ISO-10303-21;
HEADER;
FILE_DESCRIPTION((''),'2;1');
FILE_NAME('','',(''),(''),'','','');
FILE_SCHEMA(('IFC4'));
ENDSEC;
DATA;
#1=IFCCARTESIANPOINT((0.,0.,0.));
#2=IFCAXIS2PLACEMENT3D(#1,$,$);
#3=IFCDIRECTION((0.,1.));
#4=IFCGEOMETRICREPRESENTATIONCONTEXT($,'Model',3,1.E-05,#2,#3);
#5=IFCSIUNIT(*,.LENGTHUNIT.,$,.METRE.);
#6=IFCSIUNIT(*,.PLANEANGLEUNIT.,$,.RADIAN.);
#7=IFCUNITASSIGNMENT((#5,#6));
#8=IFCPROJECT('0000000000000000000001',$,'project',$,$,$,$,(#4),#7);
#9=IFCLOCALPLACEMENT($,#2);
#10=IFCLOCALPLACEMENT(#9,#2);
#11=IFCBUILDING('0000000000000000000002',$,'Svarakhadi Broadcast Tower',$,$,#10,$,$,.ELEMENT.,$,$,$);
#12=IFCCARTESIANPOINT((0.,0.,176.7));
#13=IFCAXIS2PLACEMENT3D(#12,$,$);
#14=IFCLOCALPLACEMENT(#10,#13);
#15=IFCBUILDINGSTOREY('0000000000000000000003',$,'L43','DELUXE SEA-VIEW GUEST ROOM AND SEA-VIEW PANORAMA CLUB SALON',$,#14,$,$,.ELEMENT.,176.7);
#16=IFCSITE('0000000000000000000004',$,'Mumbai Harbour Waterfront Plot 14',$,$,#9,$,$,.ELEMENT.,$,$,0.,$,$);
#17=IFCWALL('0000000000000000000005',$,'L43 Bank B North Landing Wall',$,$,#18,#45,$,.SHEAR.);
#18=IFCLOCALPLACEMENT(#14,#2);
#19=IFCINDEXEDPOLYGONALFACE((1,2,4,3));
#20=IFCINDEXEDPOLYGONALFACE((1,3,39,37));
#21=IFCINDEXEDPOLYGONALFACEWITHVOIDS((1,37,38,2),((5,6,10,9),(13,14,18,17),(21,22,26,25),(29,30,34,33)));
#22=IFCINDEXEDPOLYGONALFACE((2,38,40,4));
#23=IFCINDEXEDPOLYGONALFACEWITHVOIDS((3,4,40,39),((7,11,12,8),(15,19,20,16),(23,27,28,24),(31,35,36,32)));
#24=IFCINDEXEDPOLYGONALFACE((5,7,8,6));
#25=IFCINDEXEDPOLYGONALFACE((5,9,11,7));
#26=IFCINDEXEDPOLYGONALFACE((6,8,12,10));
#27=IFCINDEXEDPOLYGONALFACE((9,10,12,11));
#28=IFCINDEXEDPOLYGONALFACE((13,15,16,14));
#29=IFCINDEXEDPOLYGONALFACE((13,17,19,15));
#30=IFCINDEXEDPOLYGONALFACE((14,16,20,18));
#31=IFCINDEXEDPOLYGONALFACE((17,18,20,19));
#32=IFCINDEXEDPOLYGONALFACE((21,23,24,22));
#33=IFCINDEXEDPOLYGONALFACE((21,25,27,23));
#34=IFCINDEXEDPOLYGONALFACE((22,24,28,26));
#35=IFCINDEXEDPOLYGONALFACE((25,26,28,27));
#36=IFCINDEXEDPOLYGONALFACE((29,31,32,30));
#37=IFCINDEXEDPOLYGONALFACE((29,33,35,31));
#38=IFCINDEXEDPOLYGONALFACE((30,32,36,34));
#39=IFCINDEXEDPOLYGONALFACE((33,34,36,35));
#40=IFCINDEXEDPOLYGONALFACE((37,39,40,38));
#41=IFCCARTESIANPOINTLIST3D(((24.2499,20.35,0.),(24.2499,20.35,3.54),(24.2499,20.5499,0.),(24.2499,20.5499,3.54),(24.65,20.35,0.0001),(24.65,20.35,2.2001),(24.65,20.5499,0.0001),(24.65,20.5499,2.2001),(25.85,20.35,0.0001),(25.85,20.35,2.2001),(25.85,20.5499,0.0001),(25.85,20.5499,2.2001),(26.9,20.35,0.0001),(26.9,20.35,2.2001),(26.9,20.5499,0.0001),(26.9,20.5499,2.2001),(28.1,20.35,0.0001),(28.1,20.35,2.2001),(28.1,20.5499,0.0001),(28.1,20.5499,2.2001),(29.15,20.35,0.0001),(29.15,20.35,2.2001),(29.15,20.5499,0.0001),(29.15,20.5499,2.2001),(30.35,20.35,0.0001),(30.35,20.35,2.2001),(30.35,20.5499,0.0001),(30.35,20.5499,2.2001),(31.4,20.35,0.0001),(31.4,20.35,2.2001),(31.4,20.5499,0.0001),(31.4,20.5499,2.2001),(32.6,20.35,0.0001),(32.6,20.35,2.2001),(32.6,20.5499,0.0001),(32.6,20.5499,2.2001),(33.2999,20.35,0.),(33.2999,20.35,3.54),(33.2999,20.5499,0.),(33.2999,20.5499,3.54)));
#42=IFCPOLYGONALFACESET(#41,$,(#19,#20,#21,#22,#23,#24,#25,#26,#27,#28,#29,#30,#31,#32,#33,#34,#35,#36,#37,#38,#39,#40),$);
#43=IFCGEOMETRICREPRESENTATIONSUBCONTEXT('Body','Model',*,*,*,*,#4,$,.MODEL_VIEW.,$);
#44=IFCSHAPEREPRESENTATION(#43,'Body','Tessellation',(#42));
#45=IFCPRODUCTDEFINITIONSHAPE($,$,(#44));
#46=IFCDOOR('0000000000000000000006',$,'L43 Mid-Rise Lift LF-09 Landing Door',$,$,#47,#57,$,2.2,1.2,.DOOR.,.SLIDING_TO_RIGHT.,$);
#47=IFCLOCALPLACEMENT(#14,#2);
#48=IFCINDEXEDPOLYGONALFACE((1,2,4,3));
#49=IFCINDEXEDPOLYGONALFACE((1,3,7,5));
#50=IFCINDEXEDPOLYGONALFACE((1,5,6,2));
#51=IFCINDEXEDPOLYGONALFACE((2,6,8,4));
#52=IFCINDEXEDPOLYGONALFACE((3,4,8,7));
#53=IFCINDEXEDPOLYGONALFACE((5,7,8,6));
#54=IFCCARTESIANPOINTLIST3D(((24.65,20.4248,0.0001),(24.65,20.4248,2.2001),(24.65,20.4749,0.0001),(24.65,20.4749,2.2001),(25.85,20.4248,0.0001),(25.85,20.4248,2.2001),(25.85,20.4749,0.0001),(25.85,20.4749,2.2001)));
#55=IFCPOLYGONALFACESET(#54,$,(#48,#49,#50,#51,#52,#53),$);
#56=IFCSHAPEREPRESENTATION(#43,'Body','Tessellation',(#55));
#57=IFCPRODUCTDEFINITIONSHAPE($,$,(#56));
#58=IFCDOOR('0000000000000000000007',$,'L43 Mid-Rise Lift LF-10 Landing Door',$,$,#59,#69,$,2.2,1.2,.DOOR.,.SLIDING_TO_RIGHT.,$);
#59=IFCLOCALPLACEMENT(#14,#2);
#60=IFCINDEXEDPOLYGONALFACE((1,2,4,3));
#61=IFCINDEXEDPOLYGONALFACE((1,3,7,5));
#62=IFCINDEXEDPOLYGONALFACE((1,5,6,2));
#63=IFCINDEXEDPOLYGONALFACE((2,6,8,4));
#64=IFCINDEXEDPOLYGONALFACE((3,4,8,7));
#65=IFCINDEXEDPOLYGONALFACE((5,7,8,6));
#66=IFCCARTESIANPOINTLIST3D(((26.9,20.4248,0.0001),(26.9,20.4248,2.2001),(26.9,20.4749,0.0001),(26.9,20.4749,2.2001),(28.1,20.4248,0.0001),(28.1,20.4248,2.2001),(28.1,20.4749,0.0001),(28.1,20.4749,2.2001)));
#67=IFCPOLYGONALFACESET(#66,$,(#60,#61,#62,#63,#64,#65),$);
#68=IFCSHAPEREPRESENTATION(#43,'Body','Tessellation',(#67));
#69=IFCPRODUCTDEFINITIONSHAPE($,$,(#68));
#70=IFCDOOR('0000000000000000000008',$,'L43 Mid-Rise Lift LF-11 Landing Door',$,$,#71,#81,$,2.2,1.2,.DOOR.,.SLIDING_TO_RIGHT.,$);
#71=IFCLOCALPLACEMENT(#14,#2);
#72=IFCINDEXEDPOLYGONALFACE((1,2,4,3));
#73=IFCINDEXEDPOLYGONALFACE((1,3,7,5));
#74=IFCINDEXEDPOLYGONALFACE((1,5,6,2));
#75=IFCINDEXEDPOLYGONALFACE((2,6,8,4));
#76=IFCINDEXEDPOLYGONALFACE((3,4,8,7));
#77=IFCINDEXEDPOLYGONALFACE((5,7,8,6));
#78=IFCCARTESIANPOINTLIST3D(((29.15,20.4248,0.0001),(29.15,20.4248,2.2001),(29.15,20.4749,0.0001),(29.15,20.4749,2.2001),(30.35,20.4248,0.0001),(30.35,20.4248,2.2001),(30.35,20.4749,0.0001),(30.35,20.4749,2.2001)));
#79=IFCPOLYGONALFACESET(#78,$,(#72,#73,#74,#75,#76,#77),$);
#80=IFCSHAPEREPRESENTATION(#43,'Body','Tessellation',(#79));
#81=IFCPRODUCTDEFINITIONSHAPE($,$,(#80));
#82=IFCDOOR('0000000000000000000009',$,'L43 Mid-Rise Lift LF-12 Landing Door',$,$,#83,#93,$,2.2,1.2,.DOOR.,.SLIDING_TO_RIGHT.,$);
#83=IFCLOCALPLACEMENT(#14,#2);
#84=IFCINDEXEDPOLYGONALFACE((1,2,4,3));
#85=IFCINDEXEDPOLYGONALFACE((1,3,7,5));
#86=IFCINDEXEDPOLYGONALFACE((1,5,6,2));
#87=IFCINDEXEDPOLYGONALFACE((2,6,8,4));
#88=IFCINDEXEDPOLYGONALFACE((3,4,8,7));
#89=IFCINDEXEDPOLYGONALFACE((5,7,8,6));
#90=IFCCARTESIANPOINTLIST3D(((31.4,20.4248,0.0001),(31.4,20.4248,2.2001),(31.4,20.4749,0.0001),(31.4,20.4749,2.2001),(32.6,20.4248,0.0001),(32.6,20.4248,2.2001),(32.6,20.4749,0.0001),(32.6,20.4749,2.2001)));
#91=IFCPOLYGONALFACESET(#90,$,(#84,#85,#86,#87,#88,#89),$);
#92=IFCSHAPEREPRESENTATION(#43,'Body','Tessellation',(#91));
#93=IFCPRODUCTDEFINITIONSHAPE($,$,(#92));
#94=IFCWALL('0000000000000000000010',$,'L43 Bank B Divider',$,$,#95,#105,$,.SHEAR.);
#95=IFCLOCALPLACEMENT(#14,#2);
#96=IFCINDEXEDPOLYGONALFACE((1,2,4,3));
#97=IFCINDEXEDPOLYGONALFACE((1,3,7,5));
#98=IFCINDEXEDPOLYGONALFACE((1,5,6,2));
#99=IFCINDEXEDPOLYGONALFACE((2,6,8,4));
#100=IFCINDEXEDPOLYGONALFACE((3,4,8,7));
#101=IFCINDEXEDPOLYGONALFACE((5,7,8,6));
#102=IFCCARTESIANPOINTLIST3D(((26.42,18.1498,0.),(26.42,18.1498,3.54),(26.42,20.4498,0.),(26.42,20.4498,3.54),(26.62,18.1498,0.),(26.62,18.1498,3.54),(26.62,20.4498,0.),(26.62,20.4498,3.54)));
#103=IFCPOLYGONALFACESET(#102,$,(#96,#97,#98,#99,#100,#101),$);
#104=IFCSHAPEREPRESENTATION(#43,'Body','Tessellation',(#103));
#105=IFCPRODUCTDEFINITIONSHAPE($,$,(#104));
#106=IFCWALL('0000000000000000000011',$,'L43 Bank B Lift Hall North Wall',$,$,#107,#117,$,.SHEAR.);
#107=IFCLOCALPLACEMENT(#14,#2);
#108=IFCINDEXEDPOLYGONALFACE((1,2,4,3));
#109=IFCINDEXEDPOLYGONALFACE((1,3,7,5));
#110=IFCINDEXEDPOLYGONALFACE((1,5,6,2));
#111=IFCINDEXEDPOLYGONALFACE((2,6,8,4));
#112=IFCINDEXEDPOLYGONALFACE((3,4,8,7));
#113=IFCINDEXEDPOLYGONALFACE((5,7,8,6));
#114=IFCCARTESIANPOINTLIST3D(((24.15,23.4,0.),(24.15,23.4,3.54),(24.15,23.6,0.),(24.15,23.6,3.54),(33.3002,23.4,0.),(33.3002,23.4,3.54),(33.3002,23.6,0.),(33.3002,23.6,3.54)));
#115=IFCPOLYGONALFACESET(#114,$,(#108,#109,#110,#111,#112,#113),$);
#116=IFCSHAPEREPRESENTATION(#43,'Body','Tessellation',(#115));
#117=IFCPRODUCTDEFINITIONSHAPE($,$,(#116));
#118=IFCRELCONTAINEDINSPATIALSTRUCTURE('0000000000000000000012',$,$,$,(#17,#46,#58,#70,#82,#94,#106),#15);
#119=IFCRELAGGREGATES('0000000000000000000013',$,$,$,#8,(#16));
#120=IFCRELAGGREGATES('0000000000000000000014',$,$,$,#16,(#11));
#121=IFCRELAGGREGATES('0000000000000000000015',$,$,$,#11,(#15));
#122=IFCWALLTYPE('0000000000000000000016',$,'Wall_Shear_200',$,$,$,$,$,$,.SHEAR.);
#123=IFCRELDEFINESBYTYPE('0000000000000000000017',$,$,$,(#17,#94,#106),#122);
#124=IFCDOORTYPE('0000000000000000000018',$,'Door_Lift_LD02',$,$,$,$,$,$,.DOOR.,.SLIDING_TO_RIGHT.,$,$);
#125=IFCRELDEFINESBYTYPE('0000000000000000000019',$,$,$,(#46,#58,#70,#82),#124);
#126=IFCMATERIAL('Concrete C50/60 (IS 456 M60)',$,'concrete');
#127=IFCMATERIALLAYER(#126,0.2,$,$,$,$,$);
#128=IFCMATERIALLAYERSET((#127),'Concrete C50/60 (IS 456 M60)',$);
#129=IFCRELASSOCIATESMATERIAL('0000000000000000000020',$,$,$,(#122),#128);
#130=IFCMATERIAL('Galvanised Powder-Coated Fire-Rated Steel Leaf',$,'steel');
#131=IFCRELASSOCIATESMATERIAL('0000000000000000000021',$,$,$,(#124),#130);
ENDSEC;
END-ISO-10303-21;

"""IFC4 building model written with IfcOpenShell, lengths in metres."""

from ifc_helpers import new_model, si_unit, direction, frame, frame_2d, origin, place, context, subcontext, project, spatial, rectangle, extrude, material, layer, layer_set, type_object, element, fill, save


model = new_model("IFC4")

# Units and contexts
model_context = context("Model", 3, precision=1e-05, world=origin(), true_north=direction((0.0, 1.0)))
body_context = subcontext(model_context, "Body", "Model", "MODEL_VIEW")
ifc_project = project(units=[si_unit("LENGTHUNIT", "METRE"), si_unit("PLANEANGLEUNIT", "RADIAN")], contexts=[model_context])

# Site, building, storey
site_placement = place(None, origin())
site = spatial("IfcSite", under=ifc_project, at=site_placement, Name="Mumbai Harbour Waterfront Plot 14", CompositionType="ELEMENT", RefElevation=0.0)
building_placement = place(site_placement, origin())
building = spatial("IfcBuilding", under=site, at=building_placement, Name="Svarakhadi Broadcast Tower", CompositionType="ELEMENT")
storey_placement = place(building_placement, frame((0.0, 0.0, 176.7)))
storey = spatial("IfcBuildingStorey", under=building, at=storey_placement, Name="L43", Description="DELUXE SEA-VIEW GUEST ROOM AND SEA-VIEW PANORAMA CLUB SALON", CompositionType="ELEMENT", Elevation=176.7)

# Shared definitions
ifc_material_1 = material(Name="Concrete C50/60 (IS 456 M60)", Category="concrete")
ifc_layer_1 = layer(ifc_material_1, 0.2)
ifc_layer_set_1 = layer_set([ifc_layer_1], Name="Concrete C50/60 (IS 456 M60)")
wall_type_1 = type_object("IfcWallType", Name="Wall_Shear_200", PredefinedType="SHEAR", material=ifc_layer_set_1)

# Wall, openings, doors
wall_1_placement = place(storey_placement, frame((24.25, 20.45, 0.0), z_axis=(0.0, 0.0, 1.0), x_axis=(1.0, 0.0, 0.0)))
wall_1 = element("IfcWall", 1, at=wall_1_placement, inside=storey, type_object=wall_type_1, Name="L43 Bank B North Landing Wall", PredefinedType="SHEAR", context=body_context, shape_type="SweptSolid", body=[
    extrude(rectangle(XDim=9.05, YDim=0.2, at=frame_2d((4.5249, 0.0))), origin(), (0.0, 0.0, 1.0), 3.54),
])
opening_1_placement = place(wall_1_placement, frame((0.3999, 0.0, 0.0)))
opening_1 = element("IfcOpeningElement", 2, at=opening_1_placement, cuts=wall_1, PredefinedType="OPENING", context=body_context, shape_type="SweptSolid", body=[
    extrude(rectangle(XDim=1.2, YDim=2.2, at=frame_2d((0.6001, 1.1001))), frame((0.0, 0.1099, 0.0), z_axis=(0.0, -1.0, 0.0), x_axis=(1.0, 0.0, 0.0)), (0.0, 0.0, 1.0), 0.22),
])
opening_2_placement = place(wall_1_placement, frame((2.6499, 0.0, 0.0)))
opening_2 = element("IfcOpeningElement", 3, at=opening_2_placement, cuts=wall_1, PredefinedType="OPENING", context=body_context, shape_type="SweptSolid", body=[
    extrude(rectangle(XDim=1.2, YDim=2.2, at=frame_2d((0.6001, 1.1001))), frame((0.0, 0.1099, 0.0), z_axis=(0.0, -1.0, 0.0), x_axis=(1.0, 0.0, 0.0)), (0.0, 0.0, 1.0), 0.22),
])
opening_3_placement = place(wall_1_placement, frame((4.8999, 0.0, 0.0)))
opening_3 = element("IfcOpeningElement", 4, at=opening_3_placement, cuts=wall_1, PredefinedType="OPENING", context=body_context, shape_type="SweptSolid", body=[
    extrude(rectangle(XDim=1.2, YDim=2.2, at=frame_2d((0.6001, 1.1001))), frame((0.0, 0.1099, 0.0), z_axis=(0.0, -1.0, 0.0), x_axis=(1.0, 0.0, 0.0)), (0.0, 0.0, 1.0), 0.22),
])
opening_4_placement = place(wall_1_placement, frame((7.1499, 0.0, 0.0)))
opening_4 = element("IfcOpeningElement", 5, at=opening_4_placement, cuts=wall_1, PredefinedType="OPENING", context=body_context, shape_type="SweptSolid", body=[
    extrude(rectangle(XDim=1.2, YDim=2.2, at=frame_2d((0.6001, 1.1001))), frame((0.0, 0.1099, 0.0), z_axis=(0.0, -1.0, 0.0), x_axis=(1.0, 0.0, 0.0)), (0.0, 0.0, 1.0), 0.22),
])
ifc_material_2 = material(Name="Galvanised Powder-Coated Fire-Rated Steel Leaf", Category="steel")
door_type_1 = type_object("IfcDoorType", Name="Door_Lift_LD02", OperationType="SLIDING_TO_RIGHT", PredefinedType="DOOR", material=ifc_material_2)
door_1_placement = place(opening_1_placement, origin())
door_1 = element("IfcDoor", 6, at=door_1_placement, inside=storey, type_object=door_type_1, Name="L43 Mid-Rise Lift LF-09 Landing Door", OperationType="SLIDING_TO_RIGHT", OverallHeight=2.2, OverallWidth=1.2, PredefinedType="DOOR", context=body_context, shape_type="SweptSolid", body=[
    extrude(rectangle(XDim=1.2, YDim=2.2, at=frame_2d((0.6001, 1.1001))), frame((0.0, 0.0249, 0.0), z_axis=(0.0, -1.0, 0.0), x_axis=(1.0, 0.0, 0.0)), (0.0, 0.0, 1.0), 0.05),
])
fill(opening_1, door_1)
door_2_placement = place(opening_2_placement, origin())
door_2 = element("IfcDoor", 7, at=door_2_placement, inside=storey, type_object=door_type_1, Name="L43 Mid-Rise Lift LF-10 Landing Door", OperationType="SLIDING_TO_RIGHT", OverallHeight=2.2, OverallWidth=1.2, PredefinedType="DOOR", context=body_context, shape_type="SweptSolid", body=[
    extrude(rectangle(XDim=1.2, YDim=2.2, at=frame_2d((0.6001, 1.1001))), frame((0.0, 0.0249, 0.0), z_axis=(0.0, -1.0, 0.0), x_axis=(1.0, 0.0, 0.0)), (0.0, 0.0, 1.0), 0.05),
])
fill(opening_2, door_2)
door_3_placement = place(opening_3_placement, origin())
door_3 = element("IfcDoor", 8, at=door_3_placement, inside=storey, type_object=door_type_1, Name="L43 Mid-Rise Lift LF-11 Landing Door", OperationType="SLIDING_TO_RIGHT", OverallHeight=2.2, OverallWidth=1.2, PredefinedType="DOOR", context=body_context, shape_type="SweptSolid", body=[
    extrude(rectangle(XDim=1.2, YDim=2.2, at=frame_2d((0.6001, 1.1001))), frame((0.0, 0.0249, 0.0), z_axis=(0.0, -1.0, 0.0), x_axis=(1.0, 0.0, 0.0)), (0.0, 0.0, 1.0), 0.05),
])
fill(opening_3, door_3)
door_4_placement = place(opening_4_placement, origin())
door_4 = element("IfcDoor", 9, at=door_4_placement, inside=storey, type_object=door_type_1, Name="L43 Mid-Rise Lift LF-12 Landing Door", OperationType="SLIDING_TO_RIGHT", OverallHeight=2.2, OverallWidth=1.2, PredefinedType="DOOR", context=body_context, shape_type="SweptSolid", body=[
    extrude(rectangle(XDim=1.2, YDim=2.2, at=frame_2d((0.6001, 1.1001))), frame((0.0, 0.0249, 0.0), z_axis=(0.0, -1.0, 0.0), x_axis=(1.0, 0.0, 0.0)), (0.0, 0.0, 1.0), 0.05),
])
fill(opening_4, door_4)

# Walls
wall_2_placement = place(storey_placement, frame((26.52, 18.1499, 0.0), z_axis=(0.0, 0.0, 1.0), x_axis=(0.0, 1.0, 0.0)))
element("IfcWall", 10, at=wall_2_placement, inside=storey, type_object=wall_type_1, Name="L43 Bank B Divider", PredefinedType="SHEAR", context=body_context, shape_type="SweptSolid", body=[
    extrude(rectangle(XDim=2.3, YDim=0.2, at=frame_2d((1.1499, 0.0))), origin(), (0.0, 0.0, 1.0), 3.54),
])
wall_3_placement = place(storey_placement, frame((24.1499, 23.5, 0.0), z_axis=(0.0, 0.0, 1.0), x_axis=(1.0, 0.0, 0.0)))
element("IfcWall", 11, at=wall_3_placement, inside=storey, type_object=wall_type_1, Name="L43 Bank B Lift Hall North Wall", PredefinedType="SHEAR", context=body_context, shape_type="SweptSolid", body=[
    extrude(rectangle(XDim=9.1501, YDim=0.2, at=frame_2d((4.5752, 0.0))), origin(), (0.0, 0.0, 1.0), 3.54),
])

save(model, "model.ifc")
